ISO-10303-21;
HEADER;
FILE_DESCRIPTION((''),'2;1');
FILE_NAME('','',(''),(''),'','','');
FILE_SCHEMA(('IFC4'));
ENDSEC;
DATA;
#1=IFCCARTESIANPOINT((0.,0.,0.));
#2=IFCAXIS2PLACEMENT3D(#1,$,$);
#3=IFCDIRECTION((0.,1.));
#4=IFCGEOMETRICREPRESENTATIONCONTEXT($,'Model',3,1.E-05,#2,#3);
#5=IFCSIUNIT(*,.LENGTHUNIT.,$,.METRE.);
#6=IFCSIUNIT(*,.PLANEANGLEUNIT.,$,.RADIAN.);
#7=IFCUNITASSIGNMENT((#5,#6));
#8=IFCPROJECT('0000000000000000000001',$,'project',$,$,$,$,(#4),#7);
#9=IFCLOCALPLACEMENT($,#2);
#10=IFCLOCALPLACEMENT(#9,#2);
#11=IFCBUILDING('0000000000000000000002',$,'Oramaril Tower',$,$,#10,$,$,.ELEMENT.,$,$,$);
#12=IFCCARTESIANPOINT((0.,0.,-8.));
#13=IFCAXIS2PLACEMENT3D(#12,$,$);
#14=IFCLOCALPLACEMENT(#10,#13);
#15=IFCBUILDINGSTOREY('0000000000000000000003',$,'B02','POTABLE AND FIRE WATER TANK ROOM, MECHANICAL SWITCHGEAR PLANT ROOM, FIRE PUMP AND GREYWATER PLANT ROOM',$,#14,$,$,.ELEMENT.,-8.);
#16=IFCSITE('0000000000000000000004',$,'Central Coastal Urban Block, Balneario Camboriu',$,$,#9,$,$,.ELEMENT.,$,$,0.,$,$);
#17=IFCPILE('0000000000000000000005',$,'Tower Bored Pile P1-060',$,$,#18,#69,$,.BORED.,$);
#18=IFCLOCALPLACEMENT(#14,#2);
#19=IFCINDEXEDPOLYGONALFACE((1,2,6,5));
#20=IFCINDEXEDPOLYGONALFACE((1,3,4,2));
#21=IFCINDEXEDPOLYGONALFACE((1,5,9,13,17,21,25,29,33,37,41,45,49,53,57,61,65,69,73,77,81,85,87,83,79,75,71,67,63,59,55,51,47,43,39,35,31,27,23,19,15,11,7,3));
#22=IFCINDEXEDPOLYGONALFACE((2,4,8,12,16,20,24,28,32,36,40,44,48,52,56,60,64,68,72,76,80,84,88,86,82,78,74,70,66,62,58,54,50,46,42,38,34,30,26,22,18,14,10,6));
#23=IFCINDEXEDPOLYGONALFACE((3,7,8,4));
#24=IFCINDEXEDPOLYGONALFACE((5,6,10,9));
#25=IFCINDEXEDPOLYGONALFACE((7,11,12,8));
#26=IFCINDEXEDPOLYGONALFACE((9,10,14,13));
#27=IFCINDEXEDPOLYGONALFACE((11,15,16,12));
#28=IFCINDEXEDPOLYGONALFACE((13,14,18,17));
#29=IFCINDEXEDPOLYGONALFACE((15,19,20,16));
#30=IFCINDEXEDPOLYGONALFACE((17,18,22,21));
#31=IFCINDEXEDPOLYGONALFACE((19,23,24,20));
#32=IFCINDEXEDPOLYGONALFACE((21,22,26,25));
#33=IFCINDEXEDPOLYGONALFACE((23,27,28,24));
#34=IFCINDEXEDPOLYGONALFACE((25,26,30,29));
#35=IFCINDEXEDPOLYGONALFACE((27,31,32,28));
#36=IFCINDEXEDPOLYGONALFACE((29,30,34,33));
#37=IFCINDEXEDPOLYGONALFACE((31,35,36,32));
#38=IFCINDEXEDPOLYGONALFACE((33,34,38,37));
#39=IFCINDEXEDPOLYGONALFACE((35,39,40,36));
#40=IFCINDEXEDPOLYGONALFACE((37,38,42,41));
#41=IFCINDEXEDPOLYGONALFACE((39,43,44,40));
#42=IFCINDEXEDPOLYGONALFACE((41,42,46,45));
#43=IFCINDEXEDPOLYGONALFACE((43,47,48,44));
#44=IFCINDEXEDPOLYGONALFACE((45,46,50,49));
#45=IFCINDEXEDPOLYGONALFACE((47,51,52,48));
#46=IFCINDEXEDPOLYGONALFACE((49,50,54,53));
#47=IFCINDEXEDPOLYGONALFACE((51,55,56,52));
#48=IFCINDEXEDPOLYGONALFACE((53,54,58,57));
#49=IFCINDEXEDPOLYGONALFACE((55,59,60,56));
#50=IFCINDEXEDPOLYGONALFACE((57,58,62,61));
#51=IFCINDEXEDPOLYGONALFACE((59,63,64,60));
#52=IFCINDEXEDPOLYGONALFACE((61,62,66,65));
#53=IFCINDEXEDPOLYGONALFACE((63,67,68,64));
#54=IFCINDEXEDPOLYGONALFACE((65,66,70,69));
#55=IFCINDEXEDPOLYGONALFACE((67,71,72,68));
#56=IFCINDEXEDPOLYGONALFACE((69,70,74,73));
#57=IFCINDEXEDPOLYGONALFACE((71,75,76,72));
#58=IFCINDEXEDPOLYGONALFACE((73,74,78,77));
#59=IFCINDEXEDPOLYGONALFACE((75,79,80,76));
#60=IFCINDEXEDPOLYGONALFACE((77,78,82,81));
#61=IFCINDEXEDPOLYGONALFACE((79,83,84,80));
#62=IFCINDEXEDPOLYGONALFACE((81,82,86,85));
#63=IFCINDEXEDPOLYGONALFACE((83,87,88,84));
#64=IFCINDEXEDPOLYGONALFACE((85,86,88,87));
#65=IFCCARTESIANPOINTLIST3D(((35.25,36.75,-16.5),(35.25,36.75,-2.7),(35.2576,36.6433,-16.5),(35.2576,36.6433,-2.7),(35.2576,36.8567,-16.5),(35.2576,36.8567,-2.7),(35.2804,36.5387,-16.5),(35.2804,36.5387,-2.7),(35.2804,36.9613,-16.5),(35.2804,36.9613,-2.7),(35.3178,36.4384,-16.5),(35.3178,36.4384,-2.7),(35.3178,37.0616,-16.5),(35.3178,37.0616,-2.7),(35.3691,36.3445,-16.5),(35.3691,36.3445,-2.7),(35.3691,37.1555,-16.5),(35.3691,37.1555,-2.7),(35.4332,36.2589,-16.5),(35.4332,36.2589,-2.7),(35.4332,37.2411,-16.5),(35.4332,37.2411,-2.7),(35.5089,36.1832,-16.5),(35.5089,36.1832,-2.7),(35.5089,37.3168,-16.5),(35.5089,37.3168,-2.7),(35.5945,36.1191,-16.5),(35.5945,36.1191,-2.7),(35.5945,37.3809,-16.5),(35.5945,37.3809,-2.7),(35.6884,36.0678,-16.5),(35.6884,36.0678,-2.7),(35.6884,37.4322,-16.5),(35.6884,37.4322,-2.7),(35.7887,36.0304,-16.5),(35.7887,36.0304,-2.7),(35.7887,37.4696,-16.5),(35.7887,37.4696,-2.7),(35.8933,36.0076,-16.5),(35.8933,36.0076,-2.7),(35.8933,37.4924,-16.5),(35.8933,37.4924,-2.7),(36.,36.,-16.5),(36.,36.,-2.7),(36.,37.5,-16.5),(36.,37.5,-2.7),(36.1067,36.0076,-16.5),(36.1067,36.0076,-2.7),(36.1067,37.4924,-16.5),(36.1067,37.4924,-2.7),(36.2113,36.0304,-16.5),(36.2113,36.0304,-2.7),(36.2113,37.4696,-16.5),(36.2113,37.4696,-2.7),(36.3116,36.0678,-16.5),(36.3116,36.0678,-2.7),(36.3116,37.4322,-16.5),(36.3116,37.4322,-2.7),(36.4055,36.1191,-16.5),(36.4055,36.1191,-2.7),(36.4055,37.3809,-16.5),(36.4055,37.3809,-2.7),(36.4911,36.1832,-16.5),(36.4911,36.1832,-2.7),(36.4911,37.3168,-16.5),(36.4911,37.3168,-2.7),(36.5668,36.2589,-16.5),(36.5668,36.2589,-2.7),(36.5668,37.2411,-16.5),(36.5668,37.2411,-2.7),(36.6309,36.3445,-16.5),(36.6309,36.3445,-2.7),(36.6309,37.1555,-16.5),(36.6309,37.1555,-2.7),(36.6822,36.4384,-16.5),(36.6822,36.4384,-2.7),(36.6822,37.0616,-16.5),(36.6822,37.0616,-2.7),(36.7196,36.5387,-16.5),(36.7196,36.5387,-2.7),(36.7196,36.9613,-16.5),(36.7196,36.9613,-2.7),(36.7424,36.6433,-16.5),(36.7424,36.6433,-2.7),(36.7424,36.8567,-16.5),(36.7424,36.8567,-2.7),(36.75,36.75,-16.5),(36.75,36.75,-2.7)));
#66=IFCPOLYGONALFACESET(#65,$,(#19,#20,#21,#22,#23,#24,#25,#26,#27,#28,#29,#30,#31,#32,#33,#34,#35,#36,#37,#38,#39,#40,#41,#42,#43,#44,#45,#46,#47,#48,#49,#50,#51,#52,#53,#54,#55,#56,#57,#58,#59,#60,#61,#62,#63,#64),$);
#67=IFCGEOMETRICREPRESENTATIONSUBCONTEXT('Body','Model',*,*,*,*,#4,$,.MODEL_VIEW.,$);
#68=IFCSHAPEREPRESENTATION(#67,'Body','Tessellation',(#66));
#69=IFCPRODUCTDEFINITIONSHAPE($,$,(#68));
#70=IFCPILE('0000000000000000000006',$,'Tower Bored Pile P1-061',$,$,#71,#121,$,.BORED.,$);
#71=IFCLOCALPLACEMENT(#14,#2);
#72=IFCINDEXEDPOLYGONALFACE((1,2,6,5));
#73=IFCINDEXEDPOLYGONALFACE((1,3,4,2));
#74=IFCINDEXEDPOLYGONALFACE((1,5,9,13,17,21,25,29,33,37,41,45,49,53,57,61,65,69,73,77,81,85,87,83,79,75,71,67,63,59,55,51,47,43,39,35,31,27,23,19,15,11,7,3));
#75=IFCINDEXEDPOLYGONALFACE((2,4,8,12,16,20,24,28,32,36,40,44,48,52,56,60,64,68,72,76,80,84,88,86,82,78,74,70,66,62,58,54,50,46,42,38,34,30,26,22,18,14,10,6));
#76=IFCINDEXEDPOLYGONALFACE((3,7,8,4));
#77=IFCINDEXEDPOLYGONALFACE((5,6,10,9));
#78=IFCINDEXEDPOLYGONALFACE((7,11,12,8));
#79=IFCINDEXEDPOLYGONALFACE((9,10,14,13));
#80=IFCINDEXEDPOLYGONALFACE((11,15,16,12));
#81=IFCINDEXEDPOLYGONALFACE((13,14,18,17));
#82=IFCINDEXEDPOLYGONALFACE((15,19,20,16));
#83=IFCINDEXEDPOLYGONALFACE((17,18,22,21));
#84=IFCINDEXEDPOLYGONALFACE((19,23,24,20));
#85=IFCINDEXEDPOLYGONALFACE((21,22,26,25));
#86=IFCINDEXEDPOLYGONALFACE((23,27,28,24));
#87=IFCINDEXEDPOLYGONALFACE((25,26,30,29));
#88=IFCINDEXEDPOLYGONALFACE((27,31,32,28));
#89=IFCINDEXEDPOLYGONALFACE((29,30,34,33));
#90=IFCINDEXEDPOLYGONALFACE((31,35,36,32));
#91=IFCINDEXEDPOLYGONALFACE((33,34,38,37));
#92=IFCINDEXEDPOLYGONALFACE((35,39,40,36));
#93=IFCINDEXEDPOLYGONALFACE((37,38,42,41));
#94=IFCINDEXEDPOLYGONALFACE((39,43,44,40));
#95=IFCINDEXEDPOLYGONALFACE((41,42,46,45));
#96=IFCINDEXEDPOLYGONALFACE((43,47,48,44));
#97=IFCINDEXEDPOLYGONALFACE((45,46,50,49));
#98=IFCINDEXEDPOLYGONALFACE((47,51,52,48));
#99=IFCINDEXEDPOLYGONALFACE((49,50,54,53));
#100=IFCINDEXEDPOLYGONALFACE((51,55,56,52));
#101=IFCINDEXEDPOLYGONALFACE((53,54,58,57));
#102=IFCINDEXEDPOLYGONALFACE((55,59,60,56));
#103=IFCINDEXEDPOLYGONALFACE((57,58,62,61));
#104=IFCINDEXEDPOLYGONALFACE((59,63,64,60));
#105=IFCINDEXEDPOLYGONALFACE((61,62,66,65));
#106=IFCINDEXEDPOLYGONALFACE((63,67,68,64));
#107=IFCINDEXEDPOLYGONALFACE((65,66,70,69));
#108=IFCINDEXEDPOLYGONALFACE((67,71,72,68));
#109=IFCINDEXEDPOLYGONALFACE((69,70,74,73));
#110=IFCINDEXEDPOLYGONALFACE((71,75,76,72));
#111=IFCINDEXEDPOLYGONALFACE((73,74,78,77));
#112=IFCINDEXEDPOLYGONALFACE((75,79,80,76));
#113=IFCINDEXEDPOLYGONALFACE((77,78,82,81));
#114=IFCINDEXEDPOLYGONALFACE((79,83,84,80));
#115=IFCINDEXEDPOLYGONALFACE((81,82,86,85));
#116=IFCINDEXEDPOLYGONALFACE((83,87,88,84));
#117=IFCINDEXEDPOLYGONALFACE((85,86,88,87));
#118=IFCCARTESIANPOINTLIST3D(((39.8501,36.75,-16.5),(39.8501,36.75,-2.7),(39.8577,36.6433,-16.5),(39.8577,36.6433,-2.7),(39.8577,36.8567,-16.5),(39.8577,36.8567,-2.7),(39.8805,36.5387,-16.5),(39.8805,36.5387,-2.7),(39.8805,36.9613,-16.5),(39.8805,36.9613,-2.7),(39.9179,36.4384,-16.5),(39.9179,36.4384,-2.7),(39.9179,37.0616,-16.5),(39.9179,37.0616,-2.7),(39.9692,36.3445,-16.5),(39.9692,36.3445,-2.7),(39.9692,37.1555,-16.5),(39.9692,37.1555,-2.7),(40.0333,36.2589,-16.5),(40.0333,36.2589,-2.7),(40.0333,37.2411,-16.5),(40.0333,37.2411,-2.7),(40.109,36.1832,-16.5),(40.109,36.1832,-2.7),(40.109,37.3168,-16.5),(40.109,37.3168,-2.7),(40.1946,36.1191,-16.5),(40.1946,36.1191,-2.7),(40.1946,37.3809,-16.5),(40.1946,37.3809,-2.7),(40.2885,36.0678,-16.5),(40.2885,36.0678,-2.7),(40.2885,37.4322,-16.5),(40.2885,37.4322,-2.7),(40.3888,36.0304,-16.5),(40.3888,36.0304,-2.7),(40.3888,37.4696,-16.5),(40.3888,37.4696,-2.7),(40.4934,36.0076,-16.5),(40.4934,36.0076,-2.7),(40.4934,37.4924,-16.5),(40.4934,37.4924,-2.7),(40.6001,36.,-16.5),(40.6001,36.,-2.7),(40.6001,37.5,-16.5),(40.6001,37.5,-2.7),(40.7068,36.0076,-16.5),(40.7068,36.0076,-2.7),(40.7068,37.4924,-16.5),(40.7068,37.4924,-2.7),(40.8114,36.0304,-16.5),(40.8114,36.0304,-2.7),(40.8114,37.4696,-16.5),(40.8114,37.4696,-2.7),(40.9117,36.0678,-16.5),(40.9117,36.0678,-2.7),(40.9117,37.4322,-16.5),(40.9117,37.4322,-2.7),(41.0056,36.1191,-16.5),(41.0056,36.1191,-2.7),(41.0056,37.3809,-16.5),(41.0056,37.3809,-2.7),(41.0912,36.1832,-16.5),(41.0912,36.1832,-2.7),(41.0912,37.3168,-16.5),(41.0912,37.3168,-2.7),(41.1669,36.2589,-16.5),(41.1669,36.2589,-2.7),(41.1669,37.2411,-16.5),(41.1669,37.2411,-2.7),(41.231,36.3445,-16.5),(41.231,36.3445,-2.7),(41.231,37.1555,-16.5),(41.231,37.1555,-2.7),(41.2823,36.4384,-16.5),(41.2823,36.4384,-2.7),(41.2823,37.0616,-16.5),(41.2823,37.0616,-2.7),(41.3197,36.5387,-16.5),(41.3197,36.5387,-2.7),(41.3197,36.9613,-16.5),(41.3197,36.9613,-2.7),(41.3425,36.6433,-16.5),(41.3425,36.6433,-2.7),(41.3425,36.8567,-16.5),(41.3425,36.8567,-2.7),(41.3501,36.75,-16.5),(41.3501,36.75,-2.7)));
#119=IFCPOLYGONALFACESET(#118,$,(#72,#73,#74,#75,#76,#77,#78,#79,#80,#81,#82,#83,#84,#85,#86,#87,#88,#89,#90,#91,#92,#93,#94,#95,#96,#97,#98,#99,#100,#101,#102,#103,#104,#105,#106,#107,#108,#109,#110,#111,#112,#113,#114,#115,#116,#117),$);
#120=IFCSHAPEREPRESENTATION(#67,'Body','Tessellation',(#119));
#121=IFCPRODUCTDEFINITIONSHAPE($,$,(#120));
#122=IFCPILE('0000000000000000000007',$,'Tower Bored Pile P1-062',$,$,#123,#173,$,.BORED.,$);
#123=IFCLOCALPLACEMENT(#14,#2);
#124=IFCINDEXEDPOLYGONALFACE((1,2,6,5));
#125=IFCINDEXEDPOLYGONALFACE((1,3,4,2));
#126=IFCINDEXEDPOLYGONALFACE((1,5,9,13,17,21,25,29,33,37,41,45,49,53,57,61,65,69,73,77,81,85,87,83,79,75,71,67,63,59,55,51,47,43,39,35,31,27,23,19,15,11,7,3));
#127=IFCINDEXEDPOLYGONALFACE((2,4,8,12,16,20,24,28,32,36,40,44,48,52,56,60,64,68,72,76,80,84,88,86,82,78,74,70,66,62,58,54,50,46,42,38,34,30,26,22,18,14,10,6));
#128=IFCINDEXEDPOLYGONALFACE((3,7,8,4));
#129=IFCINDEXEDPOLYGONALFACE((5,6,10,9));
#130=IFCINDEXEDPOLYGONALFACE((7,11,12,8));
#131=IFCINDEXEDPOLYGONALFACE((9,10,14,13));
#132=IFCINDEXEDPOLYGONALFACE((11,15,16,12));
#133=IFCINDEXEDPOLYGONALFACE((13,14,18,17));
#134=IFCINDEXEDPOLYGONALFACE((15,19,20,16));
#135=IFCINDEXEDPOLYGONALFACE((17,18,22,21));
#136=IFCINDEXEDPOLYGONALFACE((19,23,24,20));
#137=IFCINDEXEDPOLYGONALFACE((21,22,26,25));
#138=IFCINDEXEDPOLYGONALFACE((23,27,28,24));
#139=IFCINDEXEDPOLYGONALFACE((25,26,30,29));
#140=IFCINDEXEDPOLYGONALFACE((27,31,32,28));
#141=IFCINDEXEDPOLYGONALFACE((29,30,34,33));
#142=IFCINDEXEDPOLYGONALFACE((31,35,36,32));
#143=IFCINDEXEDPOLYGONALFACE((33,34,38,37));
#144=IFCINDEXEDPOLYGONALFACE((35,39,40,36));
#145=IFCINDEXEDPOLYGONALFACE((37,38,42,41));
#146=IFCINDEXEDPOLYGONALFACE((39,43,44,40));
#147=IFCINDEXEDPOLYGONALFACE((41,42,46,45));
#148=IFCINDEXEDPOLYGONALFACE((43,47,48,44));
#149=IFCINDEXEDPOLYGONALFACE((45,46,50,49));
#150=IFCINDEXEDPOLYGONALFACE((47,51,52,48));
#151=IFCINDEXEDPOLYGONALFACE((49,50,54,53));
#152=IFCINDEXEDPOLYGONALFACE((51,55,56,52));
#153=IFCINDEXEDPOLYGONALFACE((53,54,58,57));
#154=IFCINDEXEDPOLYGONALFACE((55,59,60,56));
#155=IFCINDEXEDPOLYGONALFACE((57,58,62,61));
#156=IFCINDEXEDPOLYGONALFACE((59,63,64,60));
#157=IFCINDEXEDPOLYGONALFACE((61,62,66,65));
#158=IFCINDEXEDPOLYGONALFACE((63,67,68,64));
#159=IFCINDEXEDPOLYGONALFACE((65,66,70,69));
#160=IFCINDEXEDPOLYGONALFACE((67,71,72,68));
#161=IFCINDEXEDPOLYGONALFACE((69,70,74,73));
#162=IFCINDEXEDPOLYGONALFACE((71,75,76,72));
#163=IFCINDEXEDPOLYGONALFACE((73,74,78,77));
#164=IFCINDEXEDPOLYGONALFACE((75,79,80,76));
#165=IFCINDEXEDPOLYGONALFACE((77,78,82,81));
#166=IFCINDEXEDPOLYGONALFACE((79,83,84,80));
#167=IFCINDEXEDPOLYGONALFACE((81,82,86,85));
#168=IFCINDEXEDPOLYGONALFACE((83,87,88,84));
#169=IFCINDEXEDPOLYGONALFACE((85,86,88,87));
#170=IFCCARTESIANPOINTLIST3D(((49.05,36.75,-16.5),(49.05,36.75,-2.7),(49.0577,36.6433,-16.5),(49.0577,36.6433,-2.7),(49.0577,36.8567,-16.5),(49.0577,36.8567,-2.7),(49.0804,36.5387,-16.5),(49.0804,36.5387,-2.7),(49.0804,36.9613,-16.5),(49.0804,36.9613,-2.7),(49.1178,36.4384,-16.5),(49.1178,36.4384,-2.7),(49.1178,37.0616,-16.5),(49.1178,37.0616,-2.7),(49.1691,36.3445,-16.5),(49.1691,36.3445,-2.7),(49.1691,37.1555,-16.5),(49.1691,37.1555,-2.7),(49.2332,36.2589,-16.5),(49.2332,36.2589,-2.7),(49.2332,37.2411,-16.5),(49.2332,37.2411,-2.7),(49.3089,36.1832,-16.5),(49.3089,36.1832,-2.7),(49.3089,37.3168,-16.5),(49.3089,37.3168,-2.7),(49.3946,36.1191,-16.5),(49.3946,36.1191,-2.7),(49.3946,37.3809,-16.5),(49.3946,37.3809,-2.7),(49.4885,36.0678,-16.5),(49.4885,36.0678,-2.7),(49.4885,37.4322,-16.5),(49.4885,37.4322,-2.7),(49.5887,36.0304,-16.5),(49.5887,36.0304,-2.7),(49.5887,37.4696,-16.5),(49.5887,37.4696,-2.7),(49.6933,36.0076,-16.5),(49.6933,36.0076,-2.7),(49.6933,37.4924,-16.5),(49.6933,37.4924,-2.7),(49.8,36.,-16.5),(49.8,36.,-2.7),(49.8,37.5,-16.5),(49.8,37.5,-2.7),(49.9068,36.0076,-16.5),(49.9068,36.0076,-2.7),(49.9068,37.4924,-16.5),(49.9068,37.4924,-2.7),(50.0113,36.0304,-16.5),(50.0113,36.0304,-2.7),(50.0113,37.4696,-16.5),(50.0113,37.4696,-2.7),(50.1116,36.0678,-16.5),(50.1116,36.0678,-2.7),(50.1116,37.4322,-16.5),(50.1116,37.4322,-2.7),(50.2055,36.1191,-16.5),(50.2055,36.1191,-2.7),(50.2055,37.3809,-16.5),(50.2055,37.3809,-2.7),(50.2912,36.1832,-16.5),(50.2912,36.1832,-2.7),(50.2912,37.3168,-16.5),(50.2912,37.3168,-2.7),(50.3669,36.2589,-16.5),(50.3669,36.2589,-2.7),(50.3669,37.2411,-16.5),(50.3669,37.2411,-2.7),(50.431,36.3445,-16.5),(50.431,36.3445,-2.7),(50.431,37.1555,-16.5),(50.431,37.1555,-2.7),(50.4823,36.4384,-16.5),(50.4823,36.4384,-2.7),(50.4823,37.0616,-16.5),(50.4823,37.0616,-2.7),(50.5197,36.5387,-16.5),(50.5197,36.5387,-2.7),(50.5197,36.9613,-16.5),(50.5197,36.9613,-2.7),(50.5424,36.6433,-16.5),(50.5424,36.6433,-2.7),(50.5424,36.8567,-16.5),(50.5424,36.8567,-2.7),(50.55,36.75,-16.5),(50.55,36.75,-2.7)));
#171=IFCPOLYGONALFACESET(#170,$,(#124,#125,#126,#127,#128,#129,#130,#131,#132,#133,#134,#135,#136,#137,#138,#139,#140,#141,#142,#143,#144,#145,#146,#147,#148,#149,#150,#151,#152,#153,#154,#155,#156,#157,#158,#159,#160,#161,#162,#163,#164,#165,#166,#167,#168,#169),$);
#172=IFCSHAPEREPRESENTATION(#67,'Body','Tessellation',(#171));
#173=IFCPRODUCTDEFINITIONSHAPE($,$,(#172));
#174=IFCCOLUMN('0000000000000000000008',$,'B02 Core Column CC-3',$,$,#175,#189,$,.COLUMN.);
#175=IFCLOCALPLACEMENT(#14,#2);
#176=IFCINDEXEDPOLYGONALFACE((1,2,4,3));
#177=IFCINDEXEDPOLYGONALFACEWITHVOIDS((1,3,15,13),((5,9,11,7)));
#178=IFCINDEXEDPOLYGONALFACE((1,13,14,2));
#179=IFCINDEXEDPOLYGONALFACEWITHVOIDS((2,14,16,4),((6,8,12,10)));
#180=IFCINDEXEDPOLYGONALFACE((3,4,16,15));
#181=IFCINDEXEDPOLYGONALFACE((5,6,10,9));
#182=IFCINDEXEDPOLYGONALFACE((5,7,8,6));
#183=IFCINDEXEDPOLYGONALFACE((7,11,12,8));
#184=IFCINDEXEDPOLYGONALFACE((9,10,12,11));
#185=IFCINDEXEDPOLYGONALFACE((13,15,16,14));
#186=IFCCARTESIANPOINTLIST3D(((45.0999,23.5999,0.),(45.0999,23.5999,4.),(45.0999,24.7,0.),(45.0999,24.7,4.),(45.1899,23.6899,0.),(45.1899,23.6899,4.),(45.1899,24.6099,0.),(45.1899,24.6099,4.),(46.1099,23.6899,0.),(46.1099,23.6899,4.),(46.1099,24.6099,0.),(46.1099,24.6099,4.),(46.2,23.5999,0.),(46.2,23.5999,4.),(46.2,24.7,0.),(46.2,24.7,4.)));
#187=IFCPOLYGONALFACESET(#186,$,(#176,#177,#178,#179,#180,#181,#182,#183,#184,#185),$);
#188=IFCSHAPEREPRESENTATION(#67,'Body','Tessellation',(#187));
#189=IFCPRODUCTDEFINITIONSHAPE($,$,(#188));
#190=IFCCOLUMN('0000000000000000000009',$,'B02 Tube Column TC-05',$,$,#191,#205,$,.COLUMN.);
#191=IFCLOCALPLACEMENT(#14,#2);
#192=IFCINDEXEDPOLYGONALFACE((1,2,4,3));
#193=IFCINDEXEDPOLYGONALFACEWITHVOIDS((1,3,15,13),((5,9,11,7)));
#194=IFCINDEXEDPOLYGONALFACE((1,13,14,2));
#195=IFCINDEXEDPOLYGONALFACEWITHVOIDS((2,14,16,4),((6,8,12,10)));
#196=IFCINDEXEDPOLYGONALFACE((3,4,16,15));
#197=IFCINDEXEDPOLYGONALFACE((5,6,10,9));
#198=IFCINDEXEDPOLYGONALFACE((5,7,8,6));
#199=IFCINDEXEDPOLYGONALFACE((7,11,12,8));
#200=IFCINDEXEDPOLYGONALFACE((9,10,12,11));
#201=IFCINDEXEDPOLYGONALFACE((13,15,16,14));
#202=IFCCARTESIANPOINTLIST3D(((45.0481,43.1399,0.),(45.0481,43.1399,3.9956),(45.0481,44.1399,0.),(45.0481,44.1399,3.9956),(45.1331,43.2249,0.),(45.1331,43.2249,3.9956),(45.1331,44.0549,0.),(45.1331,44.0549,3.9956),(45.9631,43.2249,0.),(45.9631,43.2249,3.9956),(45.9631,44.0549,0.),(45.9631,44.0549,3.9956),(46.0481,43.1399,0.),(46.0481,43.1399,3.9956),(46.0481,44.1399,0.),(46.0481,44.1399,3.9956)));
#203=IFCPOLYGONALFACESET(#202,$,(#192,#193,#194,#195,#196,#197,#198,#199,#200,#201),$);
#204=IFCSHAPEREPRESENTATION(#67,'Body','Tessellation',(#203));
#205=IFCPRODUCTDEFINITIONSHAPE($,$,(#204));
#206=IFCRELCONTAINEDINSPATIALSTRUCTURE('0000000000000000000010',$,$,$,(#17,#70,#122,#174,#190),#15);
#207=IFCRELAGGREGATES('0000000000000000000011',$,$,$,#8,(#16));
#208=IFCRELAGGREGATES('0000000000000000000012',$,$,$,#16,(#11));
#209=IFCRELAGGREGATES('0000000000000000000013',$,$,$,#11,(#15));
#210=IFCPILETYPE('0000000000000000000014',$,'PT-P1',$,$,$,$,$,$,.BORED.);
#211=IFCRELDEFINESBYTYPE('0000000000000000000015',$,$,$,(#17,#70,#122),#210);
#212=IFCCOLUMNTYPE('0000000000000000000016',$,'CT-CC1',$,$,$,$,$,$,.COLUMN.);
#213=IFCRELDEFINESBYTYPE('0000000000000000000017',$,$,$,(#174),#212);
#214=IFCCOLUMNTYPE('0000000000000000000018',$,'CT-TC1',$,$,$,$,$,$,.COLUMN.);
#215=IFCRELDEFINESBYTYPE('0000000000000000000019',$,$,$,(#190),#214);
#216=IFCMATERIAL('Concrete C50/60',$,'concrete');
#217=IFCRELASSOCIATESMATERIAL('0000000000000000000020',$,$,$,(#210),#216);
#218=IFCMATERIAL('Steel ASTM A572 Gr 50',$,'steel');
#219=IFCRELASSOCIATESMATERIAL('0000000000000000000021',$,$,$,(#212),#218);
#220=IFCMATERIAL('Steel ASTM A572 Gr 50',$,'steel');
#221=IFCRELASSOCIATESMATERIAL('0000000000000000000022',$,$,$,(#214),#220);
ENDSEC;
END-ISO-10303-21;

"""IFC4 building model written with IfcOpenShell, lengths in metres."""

from ifc_helpers import new_model, si_unit, direction, frame, origin, origin_2d, place, context, subcontext, project, spatial, hollow_rectangle, circle, extrude, material, material_profile, profile_set, type_object, element, save


model = new_model("IFC4")

# Units and contexts
model_context = context("Model", 3, precision=1e-05, world=origin(), true_north=direction((0.0, 1.0)))
body_context = subcontext(model_context, "Body", "Model", "MODEL_VIEW")
ifc_project = project(units=[si_unit("LENGTHUNIT", "METRE"), si_unit("PLANEANGLEUNIT", "RADIAN")], contexts=[model_context])

# Site, building, storey
site_placement = place(None, origin())
site = spatial("IfcSite", under=ifc_project, at=site_placement, Name="Central Coastal Urban Block, Balneario Camboriu", CompositionType="ELEMENT", RefElevation=0.0)
building_placement = place(site_placement, origin())
building = spatial("IfcBuilding", under=site, at=building_placement, Name="Oramaril Tower", CompositionType="ELEMENT")
storey_placement = place(building_placement, frame((0.0, 0.0, -8.0)))
storey = spatial("IfcBuildingStorey", under=building, at=storey_placement, Name="B02", Description="POTABLE AND FIRE WATER TANK ROOM, MECHANICAL SWITCHGEAR PLANT ROOM, FIRE PUMP AND GREYWATER PLANT ROOM", CompositionType="ELEMENT", Elevation=-8.0)

# Piles
ifc_material_1 = material(Name="Concrete C50/60", Category="concrete")
ifc_material_profile_1 = material_profile(ifc_material_1, circle(Radius=0.75, at=origin_2d()), Name="D1500")
ifc_profile_set_1 = profile_set([ifc_material_profile_1], Name="Concrete C50/60")
pile_type = type_object("IfcPileType", Name="PT-P1", PredefinedType="BORED", material=ifc_profile_set_1)
for number, where, z_axis, x_axis, name in (
    (1, (36.0, 36.75, -2.7), (0.0, 0.0, -1.0), (1.0, 0.0, 0.0), "Tower Bored Pile P1-060"),
    (2, (40.6001, 36.75, -2.7), (0.0, 0.0, -1.0), (1.0, 0.0, 0.0), "Tower Bored Pile P1-061"),
    (3, (49.8, 36.75, -2.7), (0.0, 0.0, -1.0), (1.0, 0.0, 0.0), "Tower Bored Pile P1-062"),
):
    element("IfcPile", number, at=place(storey_placement, frame(where, z_axis=z_axis, x_axis=x_axis)), inside=storey, type_object=pile_type, Name=name, PredefinedType="BORED", context=body_context, shape_type="SweptSolid", body=[
        extrude(circle(Radius=0.75, at=origin_2d()), origin(), (0.0, 0.0, 1.0), 13.8),
    ])

# Columns
ifc_material_2 = material(Name="Steel ASTM A572 Gr 50", Category="steel")
ifc_material_profile_2 = material_profile(ifc_material_2, hollow_rectangle(XDim=1.1001, YDim=1.1001, WallThickness=0.0901, at=origin_2d()), Name="BOX1100X1100X90")
ifc_profile_set_2 = profile_set([ifc_material_profile_2], Name="Steel ASTM A572 Gr 50")
column_type_1 = type_object("IfcColumnType", Name="CT-CC1", PredefinedType="COLUMN", material=ifc_profile_set_2)
column_1_placement = place(storey_placement, frame((45.6499, 24.1499, 0.0), z_axis=(0.0, 0.0, 1.0), x_axis=(1.0, 0.0, 0.0)))
element("IfcColumn", 4, at=column_1_placement, inside=storey, type_object=column_type_1, Name="B02 Core Column CC-3", PredefinedType="COLUMN", context=body_context, shape_type="SweptSolid", body=[
    extrude(hollow_rectangle(XDim=1.1001, YDim=1.1001, WallThickness=0.0901, at=origin_2d()), origin(), (0.0, 0.0, 1.0), 4.0),
])
ifc_material_3 = material(Name="Steel ASTM A572 Gr 50", Category="steel")
ifc_material_profile_3 = material_profile(ifc_material_3, hollow_rectangle(XDim=1.0, YDim=1.0, WallThickness=0.085, at=origin_2d()), Name="BOX1000X1000X85")
ifc_profile_set_3 = profile_set([ifc_material_profile_3], Name="Steel ASTM A572 Gr 50")
column_type_2 = type_object("IfcColumnType", Name="CT-TC1", PredefinedType="COLUMN", material=ifc_profile_set_3)
column_2_placement = place(storey_placement, frame((45.5481, 43.6399, 0.0), z_axis=(0.0, 0.0, 1.0), x_axis=(1.0, 0.0, 0.0)))
element("IfcColumn", 5, at=column_2_placement, inside=storey, type_object=column_type_2, Name="B02 Tube Column TC-05", PredefinedType="COLUMN", context=body_context, shape_type="SweptSolid", body=[
    extrude(hollow_rectangle(XDim=1.0, YDim=1.0, WallThickness=0.085, at=origin_2d()), origin(), (0.0, 0.0, 1.0), 3.9956),
])

save(model, "model.ifc")
